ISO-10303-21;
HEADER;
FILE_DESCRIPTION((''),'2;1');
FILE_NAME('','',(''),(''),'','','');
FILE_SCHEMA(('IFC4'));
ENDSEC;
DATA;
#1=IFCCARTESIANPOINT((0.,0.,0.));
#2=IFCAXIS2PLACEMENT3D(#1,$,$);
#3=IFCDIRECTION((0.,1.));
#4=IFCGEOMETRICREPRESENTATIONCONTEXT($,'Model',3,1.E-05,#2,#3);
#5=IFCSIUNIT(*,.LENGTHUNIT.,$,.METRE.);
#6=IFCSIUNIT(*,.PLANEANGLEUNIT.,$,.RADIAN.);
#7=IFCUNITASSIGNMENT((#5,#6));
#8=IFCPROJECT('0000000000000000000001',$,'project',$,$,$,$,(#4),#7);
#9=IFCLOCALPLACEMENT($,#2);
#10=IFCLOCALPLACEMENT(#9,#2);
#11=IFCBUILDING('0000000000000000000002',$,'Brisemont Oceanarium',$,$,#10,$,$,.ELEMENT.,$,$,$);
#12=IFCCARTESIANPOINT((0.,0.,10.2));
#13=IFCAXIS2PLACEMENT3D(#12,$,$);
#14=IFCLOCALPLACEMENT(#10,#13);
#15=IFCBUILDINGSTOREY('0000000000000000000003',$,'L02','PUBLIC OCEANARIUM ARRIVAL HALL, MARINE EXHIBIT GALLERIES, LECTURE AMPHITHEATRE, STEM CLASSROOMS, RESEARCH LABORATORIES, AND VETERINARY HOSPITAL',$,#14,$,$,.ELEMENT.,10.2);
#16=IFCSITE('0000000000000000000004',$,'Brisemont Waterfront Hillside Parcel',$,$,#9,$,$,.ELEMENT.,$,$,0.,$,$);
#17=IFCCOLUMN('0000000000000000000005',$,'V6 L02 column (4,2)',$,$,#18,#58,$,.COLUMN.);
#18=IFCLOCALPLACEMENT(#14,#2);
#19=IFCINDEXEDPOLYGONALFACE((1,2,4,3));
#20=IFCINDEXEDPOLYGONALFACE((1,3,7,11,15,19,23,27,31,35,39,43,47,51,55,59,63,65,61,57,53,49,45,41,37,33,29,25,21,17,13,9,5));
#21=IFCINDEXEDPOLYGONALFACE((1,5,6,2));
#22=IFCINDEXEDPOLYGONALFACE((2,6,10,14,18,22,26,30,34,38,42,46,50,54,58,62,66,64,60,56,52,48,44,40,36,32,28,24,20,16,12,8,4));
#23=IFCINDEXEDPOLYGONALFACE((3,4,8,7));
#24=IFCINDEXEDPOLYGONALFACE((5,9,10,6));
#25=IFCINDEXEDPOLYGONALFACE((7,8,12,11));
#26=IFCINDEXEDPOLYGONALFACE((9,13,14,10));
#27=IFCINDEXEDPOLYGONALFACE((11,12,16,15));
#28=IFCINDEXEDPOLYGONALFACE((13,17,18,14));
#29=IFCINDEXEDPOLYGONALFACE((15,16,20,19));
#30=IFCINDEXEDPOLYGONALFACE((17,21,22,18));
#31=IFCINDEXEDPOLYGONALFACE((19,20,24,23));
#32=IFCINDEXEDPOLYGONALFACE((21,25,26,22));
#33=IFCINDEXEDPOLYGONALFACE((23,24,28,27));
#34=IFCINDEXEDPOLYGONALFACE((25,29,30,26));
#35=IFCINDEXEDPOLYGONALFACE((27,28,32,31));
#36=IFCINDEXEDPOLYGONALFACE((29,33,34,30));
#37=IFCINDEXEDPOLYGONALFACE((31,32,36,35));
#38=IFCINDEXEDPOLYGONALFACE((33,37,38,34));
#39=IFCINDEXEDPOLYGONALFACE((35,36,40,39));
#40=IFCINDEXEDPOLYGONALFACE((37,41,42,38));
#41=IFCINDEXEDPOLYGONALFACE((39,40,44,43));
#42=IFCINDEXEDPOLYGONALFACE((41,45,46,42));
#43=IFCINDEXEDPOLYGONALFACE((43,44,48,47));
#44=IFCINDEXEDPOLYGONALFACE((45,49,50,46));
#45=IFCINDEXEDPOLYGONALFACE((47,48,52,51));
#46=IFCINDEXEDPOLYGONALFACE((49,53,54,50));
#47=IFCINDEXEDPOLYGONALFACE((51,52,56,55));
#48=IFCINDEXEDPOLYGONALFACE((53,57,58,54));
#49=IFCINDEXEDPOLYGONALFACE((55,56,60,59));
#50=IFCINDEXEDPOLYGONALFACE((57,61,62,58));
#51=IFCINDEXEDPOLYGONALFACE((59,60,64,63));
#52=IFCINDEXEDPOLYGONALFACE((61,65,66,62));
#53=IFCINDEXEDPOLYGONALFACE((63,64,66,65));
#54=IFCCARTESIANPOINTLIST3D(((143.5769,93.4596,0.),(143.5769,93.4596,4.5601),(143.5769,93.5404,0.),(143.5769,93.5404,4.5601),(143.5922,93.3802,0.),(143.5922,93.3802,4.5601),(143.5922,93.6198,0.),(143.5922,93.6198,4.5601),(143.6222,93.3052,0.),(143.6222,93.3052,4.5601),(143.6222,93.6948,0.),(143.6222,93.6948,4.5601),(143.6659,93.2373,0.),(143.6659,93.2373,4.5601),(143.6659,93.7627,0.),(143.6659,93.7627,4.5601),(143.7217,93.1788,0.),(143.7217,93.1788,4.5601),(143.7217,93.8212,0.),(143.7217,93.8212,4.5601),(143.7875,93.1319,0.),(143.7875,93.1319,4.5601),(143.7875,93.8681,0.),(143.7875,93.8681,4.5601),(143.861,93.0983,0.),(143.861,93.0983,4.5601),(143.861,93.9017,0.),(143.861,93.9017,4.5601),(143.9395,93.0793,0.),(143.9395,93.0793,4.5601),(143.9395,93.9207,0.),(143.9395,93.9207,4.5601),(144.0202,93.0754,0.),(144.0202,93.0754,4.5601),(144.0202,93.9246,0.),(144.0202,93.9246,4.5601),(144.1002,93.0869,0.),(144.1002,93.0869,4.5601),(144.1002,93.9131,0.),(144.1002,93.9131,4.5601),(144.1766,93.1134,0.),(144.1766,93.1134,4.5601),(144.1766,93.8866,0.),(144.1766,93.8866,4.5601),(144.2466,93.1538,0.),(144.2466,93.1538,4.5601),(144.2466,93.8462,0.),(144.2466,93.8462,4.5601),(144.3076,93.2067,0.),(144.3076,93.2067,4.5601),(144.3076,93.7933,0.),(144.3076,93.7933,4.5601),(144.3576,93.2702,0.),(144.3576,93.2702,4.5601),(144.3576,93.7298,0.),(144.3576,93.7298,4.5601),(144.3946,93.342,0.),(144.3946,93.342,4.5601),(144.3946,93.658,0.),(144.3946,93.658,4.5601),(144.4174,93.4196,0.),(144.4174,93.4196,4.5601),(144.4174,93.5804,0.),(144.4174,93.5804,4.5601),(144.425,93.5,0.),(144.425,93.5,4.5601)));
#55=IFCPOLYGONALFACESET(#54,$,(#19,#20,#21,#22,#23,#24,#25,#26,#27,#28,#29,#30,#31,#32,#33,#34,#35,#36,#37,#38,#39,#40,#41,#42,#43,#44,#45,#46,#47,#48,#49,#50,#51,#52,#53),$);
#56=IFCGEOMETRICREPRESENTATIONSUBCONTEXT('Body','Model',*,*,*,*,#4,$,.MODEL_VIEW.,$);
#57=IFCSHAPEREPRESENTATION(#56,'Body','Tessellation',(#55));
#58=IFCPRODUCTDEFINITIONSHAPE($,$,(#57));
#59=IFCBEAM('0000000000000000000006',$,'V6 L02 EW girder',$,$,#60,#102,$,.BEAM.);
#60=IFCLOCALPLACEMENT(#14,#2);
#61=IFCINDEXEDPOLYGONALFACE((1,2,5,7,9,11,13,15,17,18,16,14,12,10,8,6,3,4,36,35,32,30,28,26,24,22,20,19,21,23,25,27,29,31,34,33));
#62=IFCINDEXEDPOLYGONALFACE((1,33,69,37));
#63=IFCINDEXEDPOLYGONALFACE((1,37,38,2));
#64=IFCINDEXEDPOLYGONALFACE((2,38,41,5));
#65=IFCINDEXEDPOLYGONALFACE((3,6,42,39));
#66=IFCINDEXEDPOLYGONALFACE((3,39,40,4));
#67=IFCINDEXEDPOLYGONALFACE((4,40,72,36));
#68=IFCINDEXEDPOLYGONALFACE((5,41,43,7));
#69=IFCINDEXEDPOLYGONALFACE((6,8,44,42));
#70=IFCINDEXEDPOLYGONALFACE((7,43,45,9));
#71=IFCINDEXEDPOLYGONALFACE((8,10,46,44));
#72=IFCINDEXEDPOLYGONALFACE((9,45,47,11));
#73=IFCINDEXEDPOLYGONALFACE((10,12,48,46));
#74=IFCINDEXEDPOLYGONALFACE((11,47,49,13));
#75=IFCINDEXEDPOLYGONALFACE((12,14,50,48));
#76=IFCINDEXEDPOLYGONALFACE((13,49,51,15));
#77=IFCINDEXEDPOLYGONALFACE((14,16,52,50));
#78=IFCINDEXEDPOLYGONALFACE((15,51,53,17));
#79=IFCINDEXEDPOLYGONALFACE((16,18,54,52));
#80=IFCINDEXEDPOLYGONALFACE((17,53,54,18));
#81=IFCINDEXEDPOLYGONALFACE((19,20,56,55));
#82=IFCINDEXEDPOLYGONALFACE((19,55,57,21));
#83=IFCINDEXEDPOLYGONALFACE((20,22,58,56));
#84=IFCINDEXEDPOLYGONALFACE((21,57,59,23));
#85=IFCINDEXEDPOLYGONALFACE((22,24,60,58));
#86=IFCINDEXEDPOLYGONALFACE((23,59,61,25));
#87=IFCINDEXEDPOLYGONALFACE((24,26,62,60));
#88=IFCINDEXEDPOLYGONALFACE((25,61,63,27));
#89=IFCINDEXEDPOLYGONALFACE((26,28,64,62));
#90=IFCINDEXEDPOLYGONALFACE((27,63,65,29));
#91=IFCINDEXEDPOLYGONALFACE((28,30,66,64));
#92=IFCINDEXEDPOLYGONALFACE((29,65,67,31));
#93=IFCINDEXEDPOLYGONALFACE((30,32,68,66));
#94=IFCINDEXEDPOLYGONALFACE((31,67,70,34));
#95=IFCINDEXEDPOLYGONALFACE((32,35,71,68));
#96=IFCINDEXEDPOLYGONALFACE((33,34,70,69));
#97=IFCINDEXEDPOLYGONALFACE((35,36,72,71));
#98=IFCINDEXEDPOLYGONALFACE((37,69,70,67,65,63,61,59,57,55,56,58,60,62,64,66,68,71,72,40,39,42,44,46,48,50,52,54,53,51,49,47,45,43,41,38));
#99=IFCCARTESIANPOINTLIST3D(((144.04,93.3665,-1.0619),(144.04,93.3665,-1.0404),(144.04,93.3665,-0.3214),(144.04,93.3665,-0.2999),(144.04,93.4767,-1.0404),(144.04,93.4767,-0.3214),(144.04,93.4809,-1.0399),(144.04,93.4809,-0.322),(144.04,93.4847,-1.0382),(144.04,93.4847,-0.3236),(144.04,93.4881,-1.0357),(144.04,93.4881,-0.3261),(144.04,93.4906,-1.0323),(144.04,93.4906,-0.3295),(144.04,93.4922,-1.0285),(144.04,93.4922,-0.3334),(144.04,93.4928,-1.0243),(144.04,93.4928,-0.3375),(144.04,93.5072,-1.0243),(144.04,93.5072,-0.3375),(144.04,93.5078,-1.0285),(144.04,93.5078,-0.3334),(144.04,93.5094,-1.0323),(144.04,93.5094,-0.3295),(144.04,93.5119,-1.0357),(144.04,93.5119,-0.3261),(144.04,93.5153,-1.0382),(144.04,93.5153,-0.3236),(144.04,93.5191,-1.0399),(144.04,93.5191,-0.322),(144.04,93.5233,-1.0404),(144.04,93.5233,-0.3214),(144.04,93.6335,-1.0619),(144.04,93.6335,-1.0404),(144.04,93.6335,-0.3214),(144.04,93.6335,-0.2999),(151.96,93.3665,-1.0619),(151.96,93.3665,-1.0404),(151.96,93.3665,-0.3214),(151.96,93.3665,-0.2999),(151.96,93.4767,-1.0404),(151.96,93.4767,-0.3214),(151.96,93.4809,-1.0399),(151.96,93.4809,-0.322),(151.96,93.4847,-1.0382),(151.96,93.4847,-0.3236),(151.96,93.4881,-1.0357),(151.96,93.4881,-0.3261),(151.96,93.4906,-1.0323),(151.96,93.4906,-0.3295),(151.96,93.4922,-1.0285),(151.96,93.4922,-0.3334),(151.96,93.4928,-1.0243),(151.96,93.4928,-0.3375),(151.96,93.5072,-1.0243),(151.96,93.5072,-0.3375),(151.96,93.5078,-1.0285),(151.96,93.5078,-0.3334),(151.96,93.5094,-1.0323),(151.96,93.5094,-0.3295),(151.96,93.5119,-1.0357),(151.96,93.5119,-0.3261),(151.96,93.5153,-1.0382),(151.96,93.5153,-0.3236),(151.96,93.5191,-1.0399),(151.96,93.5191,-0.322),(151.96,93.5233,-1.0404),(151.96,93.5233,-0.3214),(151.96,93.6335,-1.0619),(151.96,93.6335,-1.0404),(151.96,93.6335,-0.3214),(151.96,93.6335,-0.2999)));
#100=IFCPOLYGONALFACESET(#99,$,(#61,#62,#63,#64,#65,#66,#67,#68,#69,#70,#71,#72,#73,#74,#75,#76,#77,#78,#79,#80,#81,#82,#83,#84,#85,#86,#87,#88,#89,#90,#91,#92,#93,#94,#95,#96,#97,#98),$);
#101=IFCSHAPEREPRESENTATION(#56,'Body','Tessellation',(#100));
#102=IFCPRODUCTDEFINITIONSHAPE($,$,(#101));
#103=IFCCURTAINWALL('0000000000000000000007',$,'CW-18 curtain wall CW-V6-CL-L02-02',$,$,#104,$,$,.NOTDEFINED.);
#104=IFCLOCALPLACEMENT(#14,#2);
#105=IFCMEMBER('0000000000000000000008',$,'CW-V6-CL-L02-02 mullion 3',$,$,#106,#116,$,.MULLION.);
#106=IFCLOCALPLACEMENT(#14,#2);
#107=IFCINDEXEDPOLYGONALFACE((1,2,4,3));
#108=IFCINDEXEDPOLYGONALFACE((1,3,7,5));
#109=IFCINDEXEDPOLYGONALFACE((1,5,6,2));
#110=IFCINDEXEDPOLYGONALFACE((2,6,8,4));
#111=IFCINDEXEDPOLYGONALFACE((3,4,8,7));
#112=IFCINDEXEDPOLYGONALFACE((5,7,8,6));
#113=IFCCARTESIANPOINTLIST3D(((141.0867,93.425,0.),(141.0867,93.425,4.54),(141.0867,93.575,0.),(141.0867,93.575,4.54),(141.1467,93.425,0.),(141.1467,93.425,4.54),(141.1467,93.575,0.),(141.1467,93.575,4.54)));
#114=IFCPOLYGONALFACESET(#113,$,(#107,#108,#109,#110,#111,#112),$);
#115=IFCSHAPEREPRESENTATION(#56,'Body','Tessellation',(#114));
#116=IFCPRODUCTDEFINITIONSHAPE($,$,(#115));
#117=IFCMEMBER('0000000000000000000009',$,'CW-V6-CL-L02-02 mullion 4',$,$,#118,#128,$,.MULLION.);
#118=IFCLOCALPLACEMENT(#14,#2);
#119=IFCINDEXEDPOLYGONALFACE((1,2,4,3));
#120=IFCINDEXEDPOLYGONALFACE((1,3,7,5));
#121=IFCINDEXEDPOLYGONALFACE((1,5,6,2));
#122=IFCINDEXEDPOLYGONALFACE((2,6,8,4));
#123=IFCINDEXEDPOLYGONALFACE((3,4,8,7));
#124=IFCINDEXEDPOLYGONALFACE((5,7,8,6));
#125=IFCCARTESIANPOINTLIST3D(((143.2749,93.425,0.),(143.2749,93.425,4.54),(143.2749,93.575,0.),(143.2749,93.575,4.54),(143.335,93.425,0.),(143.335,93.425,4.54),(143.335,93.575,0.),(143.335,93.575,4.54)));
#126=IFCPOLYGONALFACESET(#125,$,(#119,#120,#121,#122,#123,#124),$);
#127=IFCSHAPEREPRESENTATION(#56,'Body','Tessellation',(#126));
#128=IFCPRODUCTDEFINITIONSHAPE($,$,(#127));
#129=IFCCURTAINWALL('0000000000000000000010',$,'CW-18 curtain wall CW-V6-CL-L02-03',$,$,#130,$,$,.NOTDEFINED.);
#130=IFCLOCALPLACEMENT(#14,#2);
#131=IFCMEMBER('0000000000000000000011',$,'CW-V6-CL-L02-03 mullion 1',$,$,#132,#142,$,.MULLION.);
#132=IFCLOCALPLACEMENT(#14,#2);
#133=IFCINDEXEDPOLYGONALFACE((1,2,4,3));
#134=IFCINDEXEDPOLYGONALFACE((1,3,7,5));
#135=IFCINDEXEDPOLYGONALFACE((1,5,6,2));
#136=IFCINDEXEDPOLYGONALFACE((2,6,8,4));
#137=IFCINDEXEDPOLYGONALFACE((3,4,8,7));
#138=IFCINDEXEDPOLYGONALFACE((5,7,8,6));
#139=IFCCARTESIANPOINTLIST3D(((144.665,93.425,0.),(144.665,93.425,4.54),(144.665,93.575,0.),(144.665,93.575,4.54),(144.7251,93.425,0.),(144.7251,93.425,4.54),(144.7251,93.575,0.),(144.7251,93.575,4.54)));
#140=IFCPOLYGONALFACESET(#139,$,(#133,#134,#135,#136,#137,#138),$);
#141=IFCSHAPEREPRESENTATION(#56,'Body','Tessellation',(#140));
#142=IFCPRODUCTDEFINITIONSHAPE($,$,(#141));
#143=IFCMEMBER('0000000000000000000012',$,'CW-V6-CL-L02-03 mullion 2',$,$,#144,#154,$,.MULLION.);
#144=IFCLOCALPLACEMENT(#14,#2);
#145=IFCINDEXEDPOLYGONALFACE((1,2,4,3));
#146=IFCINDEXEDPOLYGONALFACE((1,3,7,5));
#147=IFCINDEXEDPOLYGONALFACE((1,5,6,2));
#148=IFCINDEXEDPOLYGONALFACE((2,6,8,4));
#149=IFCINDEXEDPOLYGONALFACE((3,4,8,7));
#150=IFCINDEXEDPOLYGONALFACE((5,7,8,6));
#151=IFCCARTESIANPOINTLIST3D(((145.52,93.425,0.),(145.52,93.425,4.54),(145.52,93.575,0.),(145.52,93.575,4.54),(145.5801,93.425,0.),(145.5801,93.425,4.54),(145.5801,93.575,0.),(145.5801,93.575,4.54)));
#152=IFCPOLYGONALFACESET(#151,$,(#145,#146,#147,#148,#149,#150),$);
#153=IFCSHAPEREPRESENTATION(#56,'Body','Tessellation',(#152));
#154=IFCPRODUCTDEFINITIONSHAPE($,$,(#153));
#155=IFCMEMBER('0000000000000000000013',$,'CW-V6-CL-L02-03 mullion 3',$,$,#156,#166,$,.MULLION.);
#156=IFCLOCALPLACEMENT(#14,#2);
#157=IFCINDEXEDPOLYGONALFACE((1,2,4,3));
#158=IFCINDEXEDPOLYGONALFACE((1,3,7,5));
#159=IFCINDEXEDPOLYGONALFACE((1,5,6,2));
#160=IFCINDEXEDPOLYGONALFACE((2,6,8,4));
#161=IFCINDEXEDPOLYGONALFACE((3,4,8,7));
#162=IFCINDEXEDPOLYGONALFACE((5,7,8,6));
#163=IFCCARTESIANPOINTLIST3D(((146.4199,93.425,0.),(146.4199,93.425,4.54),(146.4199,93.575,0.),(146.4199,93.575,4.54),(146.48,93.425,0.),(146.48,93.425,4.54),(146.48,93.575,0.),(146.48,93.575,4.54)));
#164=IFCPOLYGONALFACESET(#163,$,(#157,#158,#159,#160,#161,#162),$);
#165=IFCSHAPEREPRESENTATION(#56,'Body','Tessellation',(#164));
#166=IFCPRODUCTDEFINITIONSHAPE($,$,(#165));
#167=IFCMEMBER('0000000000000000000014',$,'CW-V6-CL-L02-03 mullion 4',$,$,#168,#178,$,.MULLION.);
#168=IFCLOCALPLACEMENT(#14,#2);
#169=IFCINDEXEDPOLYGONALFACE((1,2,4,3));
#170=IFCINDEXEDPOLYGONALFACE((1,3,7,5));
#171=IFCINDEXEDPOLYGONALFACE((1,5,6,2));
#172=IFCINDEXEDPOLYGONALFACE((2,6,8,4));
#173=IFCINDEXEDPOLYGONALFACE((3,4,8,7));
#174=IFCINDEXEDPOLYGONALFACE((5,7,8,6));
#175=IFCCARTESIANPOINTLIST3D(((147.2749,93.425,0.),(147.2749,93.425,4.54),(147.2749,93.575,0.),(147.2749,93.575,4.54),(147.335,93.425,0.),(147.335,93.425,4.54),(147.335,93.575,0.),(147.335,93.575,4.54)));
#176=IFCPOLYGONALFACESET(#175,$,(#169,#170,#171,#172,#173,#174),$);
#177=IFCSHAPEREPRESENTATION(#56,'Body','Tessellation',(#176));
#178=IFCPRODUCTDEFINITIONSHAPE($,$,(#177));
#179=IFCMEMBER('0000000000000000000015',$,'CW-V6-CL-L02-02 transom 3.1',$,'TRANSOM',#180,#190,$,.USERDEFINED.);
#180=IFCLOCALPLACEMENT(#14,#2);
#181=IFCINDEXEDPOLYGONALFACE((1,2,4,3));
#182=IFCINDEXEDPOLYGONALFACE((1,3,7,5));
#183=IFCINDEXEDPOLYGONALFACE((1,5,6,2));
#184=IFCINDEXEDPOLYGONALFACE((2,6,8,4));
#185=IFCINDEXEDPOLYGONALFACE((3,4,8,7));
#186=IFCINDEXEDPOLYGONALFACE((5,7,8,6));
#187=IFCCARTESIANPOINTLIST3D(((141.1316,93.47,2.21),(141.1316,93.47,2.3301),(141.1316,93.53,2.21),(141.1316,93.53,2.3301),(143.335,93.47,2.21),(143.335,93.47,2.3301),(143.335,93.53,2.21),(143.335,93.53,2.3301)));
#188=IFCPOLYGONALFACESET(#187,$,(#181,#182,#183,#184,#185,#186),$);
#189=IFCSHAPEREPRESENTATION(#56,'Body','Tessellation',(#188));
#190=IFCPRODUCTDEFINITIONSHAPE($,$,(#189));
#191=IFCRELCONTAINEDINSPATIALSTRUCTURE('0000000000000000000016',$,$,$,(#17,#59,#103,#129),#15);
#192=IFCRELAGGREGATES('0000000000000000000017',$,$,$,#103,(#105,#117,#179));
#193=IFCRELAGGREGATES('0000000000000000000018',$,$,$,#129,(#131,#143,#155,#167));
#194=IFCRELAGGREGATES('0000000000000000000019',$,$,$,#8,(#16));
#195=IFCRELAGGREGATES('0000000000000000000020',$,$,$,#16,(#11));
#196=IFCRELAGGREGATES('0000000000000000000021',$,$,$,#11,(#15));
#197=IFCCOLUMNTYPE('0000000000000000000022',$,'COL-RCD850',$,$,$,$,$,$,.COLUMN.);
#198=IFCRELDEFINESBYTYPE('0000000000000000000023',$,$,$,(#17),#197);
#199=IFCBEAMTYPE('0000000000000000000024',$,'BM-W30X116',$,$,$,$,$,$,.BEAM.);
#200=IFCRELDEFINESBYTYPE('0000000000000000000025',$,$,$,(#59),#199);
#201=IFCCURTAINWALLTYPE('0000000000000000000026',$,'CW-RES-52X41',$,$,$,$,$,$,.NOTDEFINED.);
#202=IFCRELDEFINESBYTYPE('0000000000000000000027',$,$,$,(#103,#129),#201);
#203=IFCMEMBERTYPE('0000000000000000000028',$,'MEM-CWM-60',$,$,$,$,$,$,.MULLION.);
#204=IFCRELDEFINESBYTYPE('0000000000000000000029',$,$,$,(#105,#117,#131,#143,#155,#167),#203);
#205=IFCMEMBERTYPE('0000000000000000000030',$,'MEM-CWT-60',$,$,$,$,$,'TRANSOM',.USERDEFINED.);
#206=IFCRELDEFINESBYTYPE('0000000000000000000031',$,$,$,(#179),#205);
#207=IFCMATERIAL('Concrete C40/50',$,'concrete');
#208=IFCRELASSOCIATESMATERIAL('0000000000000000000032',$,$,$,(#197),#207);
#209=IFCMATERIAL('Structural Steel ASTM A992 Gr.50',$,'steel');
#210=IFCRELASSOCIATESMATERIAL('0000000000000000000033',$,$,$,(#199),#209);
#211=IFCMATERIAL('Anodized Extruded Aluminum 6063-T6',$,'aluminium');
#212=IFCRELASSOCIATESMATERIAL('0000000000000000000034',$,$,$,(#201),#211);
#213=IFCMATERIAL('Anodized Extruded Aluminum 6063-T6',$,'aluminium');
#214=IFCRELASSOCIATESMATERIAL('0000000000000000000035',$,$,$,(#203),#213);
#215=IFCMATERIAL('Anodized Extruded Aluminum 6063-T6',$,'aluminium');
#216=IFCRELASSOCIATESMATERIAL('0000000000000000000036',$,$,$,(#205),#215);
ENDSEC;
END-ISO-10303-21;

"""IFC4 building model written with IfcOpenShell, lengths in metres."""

from ifc_helpers import new_model, si_unit, direction, frame, origin, origin_2d, place, context, subcontext, project, spatial, rectangle, circle, i_section, extrude, material, material_profile, profile_set, type_object, element, aggregate, save


model = new_model("IFC4")

# Units and contexts
model_context = context("Model", 3, precision=1e-05, world=origin(), true_north=direction((0.0, 1.0)))
body_context = subcontext(model_context, "Body", "Model", "MODEL_VIEW")
ifc_project = project(units=[si_unit("LENGTHUNIT", "METRE"), si_unit("PLANEANGLEUNIT", "RADIAN")], contexts=[model_context])

# Site, building, storey
site_placement = place(None, origin())
site = spatial("IfcSite", under=ifc_project, at=site_placement, Name="Brisemont Waterfront Hillside Parcel", CompositionType="ELEMENT", RefElevation=0.0)
building_placement = place(site_placement, origin())
building = spatial("IfcBuilding", under=site, at=building_placement, Name="Brisemont Oceanarium", CompositionType="ELEMENT")
storey_placement = place(building_placement, frame((0.0, 0.0, 10.2)))
storey = spatial("IfcBuildingStorey", under=building, at=storey_placement, Name="L02", Description="PUBLIC OCEANARIUM ARRIVAL HALL, MARINE EXHIBIT GALLERIES, LECTURE AMPHITHEATRE, STEM CLASSROOMS, RESEARCH LABORATORIES, AND VETERINARY HOSPITAL", CompositionType="ELEMENT", Elevation=10.2)

# Column
ifc_material_1 = material(Name="Concrete C40/50", Category="concrete")
ifc_material_profile_1 = material_profile(ifc_material_1, circle(Radius=0.425, at=origin_2d()), Name="RC-COL-D850")
ifc_profile_set_1 = profile_set([ifc_material_profile_1], Name="Concrete C40/50")
column_type = type_object("IfcColumnType", Name="COL-RCD850", PredefinedType="COLUMN", material=ifc_profile_set_1)
column_placement = place(storey_placement, frame((144.0, 93.5, 0.0), z_axis=(0.0, 0.0, 1.0), x_axis=(1.0, 0.0, 0.0)))
element("IfcColumn", 1, at=column_placement, inside=storey, type_object=column_type, Name="V6 L02 column (4,2)", PredefinedType="COLUMN", context=body_context, shape_type="SweptSolid", body=[
    extrude(circle(Radius=0.425, at=origin_2d()), origin(), (0.0, 0.0, 1.0), 4.5601),
])

# Beam
ifc_material_2 = material(Name="Structural Steel ASTM A992 Gr.50", Category="steel")
ifc_material_profile_2 = material_profile(ifc_material_2, i_section(OverallWidth=0.2671, OverallDepth=0.762, WebThickness=0.0144, FlangeThickness=0.0215, FilletRadius=0.0161, at=origin_2d()), Name="W30X116")
ifc_profile_set_2 = profile_set([ifc_material_profile_2], Name="Structural Steel ASTM A992 Gr.50")
beam_type = type_object("IfcBeamType", Name="BM-W30X116", PredefinedType="BEAM", material=ifc_profile_set_2)
beam_placement = place(storey_placement, frame((144.04, 93.5, -0.6809), z_axis=(1.0, 0.0, 0.0), x_axis=(0.0, 1.0, 0.0)))
element("IfcBeam", 2, at=beam_placement, inside=storey, type_object=beam_type, Name="V6 L02 EW girder", PredefinedType="BEAM", context=body_context, shape_type="SweptSolid", body=[
    extrude(i_section(OverallWidth=0.2671, OverallDepth=0.762, WebThickness=0.0144, FlangeThickness=0.0215, FilletRadius=0.0161, at=origin_2d()), origin(), (0.0, 0.0, 1.0), 7.9199),
])

# Curtain walls, members
ifc_material_3 = material(Name="Anodized Extruded Aluminum 6063-T6", Category="aluminium")
curtain_wall_type = type_object("IfcCurtainWallType", Name="CW-RES-52X41", PredefinedType="NOTDEFINED", material=ifc_material_3)
curtain_wall_1_placement = place(storey_placement, origin())
curtain_wall_1 = element("IfcCurtainWall", 3, at=curtain_wall_1_placement, inside=storey, type_object=curtain_wall_type, Name="CW-18 curtain wall CW-V6-CL-L02-02", PredefinedType="NOTDEFINED")
ifc_material_4 = material(Name="Anodized Extruded Aluminum 6063-T6", Category="aluminium")
ifc_material_profile_3 = material_profile(ifc_material_4, rectangle(XDim=0.0601, YDim=0.1499, at=origin_2d()), Name="CWM-60X150")
ifc_profile_set_3 = profile_set([ifc_material_profile_3], Name="Anodized Extruded Aluminum 6063-T6")
member_type_1 = type_object("IfcMemberType", Name="MEM-CWM-60", PredefinedType="MULLION", material=ifc_profile_set_3)
member_1_placement = place(storey_placement, frame((141.1167, 93.5, 0.0), z_axis=(0.0, 0.0, 1.0), x_axis=(1.0, 0.0, 0.0)))
member_1 = element("IfcMember", 4, at=member_1_placement, type_object=member_type_1, Name="CW-V6-CL-L02-02 mullion 3", PredefinedType="MULLION", context=body_context, shape_type="SweptSolid", body=[
    extrude(rectangle(XDim=0.0601, YDim=0.1499, at=origin_2d()), origin(), (0.0, 0.0, 1.0), 4.54),
])
member_2_placement = place(storey_placement, frame((143.3049, 93.5, 0.0), z_axis=(0.0, 0.0, 1.0), x_axis=(1.0, 0.0, 0.0)))
member_2 = element("IfcMember", 5, at=member_2_placement, type_object=member_type_1, Name="CW-V6-CL-L02-02 mullion 4", PredefinedType="MULLION", context=body_context, shape_type="SweptSolid", body=[
    extrude(rectangle(XDim=0.0601, YDim=0.1499, at=origin_2d()), origin(), (0.0, 0.0, 1.0), 4.54),
])
curtain_wall_2_placement = place(storey_placement, origin())
curtain_wall_2 = element("IfcCurtainWall", 6, at=curtain_wall_2_placement, inside=storey, type_object=curtain_wall_type, Name="CW-18 curtain wall CW-V6-CL-L02-03", PredefinedType="NOTDEFINED")
member_3_placement = place(storey_placement, frame((144.6951, 93.5, 0.0), z_axis=(0.0, 0.0, 1.0), x_axis=(1.0, 0.0, 0.0)))
member_3 = element("IfcMember", 7, at=member_3_placement, type_object=member_type_1, Name="CW-V6-CL-L02-03 mullion 1", PredefinedType="MULLION", context=body_context, shape_type="SweptSolid", body=[
    extrude(rectangle(XDim=0.0601, YDim=0.1499, at=origin_2d()), origin(), (0.0, 0.0, 1.0), 4.54),
])
member_4_placement = place(storey_placement, frame((145.55, 93.5, 0.0), z_axis=(0.0, 0.0, 1.0), x_axis=(1.0, 0.0, 0.0)))
member_4 = element("IfcMember", 8, at=member_4_placement, type_object=member_type_1, Name="CW-V6-CL-L02-03 mullion 2", PredefinedType="MULLION", context=body_context, shape_type="SweptSolid", body=[
    extrude(rectangle(XDim=0.0601, YDim=0.1499, at=origin_2d()), origin(), (0.0, 0.0, 1.0), 4.54),
])
member_5_placement = place(storey_placement, frame((146.45, 93.5, 0.0), z_axis=(0.0, 0.0, 1.0), x_axis=(1.0, 0.0, 0.0)))
member_5 = element("IfcMember", 9, at=member_5_placement, type_object=member_type_1, Name="CW-V6-CL-L02-03 mullion 3", PredefinedType="MULLION", context=body_context, shape_type="SweptSolid", body=[
    extrude(rectangle(XDim=0.0601, YDim=0.1499, at=origin_2d()), origin(), (0.0, 0.0, 1.0), 4.54),
])
member_6_placement = place(storey_placement, frame((147.3049, 93.5, 0.0), z_axis=(0.0, 0.0, 1.0), x_axis=(1.0, 0.0, 0.0)))
member_6 = element("IfcMember", 10, at=member_6_placement, type_object=member_type_1, Name="CW-V6-CL-L02-03 mullion 4", PredefinedType="MULLION", context=body_context, shape_type="SweptSolid", body=[
    extrude(rectangle(XDim=0.0601, YDim=0.1499, at=origin_2d()), origin(), (0.0, 0.0, 1.0), 4.54),
])

# Member
ifc_material_5 = material(Name="Anodized Extruded Aluminum 6063-T6", Category="aluminium")
ifc_material_profile_4 = material_profile(ifc_material_5, rectangle(XDim=0.0601, YDim=0.1201, at=origin_2d()), Name="CWT-60X120")
ifc_profile_set_4 = profile_set([ifc_material_profile_4], Name="Anodized Extruded Aluminum 6063-T6")
member_type_2 = type_object("IfcMemberType", Name="MEM-CWT-60", ElementType="TRANSOM", PredefinedType="USERDEFINED", material=ifc_profile_set_4)
member_7_placement = place(storey_placement, frame((141.1316, 93.5, 2.27), z_axis=(1.0, 0.0, 0.0), x_axis=(0.0, 1.0, 0.0)))
member_7 = element("IfcMember", 11, at=member_7_placement, type_object=member_type_2, Name="CW-V6-CL-L02-02 transom 3.1", ObjectType="TRANSOM", PredefinedType="USERDEFINED", context=body_context, shape_type="SweptSolid", body=[
    extrude(rectangle(XDim=0.0601, YDim=0.1201, at=origin_2d()), origin(), (0.0, 0.0, 1.0), 2.2034),
])

aggregate(curtain_wall_1, [member_1, member_2, member_7])
aggregate(curtain_wall_2, [member_3, member_4, member_5, member_6])

save(model, "model.ifc")
